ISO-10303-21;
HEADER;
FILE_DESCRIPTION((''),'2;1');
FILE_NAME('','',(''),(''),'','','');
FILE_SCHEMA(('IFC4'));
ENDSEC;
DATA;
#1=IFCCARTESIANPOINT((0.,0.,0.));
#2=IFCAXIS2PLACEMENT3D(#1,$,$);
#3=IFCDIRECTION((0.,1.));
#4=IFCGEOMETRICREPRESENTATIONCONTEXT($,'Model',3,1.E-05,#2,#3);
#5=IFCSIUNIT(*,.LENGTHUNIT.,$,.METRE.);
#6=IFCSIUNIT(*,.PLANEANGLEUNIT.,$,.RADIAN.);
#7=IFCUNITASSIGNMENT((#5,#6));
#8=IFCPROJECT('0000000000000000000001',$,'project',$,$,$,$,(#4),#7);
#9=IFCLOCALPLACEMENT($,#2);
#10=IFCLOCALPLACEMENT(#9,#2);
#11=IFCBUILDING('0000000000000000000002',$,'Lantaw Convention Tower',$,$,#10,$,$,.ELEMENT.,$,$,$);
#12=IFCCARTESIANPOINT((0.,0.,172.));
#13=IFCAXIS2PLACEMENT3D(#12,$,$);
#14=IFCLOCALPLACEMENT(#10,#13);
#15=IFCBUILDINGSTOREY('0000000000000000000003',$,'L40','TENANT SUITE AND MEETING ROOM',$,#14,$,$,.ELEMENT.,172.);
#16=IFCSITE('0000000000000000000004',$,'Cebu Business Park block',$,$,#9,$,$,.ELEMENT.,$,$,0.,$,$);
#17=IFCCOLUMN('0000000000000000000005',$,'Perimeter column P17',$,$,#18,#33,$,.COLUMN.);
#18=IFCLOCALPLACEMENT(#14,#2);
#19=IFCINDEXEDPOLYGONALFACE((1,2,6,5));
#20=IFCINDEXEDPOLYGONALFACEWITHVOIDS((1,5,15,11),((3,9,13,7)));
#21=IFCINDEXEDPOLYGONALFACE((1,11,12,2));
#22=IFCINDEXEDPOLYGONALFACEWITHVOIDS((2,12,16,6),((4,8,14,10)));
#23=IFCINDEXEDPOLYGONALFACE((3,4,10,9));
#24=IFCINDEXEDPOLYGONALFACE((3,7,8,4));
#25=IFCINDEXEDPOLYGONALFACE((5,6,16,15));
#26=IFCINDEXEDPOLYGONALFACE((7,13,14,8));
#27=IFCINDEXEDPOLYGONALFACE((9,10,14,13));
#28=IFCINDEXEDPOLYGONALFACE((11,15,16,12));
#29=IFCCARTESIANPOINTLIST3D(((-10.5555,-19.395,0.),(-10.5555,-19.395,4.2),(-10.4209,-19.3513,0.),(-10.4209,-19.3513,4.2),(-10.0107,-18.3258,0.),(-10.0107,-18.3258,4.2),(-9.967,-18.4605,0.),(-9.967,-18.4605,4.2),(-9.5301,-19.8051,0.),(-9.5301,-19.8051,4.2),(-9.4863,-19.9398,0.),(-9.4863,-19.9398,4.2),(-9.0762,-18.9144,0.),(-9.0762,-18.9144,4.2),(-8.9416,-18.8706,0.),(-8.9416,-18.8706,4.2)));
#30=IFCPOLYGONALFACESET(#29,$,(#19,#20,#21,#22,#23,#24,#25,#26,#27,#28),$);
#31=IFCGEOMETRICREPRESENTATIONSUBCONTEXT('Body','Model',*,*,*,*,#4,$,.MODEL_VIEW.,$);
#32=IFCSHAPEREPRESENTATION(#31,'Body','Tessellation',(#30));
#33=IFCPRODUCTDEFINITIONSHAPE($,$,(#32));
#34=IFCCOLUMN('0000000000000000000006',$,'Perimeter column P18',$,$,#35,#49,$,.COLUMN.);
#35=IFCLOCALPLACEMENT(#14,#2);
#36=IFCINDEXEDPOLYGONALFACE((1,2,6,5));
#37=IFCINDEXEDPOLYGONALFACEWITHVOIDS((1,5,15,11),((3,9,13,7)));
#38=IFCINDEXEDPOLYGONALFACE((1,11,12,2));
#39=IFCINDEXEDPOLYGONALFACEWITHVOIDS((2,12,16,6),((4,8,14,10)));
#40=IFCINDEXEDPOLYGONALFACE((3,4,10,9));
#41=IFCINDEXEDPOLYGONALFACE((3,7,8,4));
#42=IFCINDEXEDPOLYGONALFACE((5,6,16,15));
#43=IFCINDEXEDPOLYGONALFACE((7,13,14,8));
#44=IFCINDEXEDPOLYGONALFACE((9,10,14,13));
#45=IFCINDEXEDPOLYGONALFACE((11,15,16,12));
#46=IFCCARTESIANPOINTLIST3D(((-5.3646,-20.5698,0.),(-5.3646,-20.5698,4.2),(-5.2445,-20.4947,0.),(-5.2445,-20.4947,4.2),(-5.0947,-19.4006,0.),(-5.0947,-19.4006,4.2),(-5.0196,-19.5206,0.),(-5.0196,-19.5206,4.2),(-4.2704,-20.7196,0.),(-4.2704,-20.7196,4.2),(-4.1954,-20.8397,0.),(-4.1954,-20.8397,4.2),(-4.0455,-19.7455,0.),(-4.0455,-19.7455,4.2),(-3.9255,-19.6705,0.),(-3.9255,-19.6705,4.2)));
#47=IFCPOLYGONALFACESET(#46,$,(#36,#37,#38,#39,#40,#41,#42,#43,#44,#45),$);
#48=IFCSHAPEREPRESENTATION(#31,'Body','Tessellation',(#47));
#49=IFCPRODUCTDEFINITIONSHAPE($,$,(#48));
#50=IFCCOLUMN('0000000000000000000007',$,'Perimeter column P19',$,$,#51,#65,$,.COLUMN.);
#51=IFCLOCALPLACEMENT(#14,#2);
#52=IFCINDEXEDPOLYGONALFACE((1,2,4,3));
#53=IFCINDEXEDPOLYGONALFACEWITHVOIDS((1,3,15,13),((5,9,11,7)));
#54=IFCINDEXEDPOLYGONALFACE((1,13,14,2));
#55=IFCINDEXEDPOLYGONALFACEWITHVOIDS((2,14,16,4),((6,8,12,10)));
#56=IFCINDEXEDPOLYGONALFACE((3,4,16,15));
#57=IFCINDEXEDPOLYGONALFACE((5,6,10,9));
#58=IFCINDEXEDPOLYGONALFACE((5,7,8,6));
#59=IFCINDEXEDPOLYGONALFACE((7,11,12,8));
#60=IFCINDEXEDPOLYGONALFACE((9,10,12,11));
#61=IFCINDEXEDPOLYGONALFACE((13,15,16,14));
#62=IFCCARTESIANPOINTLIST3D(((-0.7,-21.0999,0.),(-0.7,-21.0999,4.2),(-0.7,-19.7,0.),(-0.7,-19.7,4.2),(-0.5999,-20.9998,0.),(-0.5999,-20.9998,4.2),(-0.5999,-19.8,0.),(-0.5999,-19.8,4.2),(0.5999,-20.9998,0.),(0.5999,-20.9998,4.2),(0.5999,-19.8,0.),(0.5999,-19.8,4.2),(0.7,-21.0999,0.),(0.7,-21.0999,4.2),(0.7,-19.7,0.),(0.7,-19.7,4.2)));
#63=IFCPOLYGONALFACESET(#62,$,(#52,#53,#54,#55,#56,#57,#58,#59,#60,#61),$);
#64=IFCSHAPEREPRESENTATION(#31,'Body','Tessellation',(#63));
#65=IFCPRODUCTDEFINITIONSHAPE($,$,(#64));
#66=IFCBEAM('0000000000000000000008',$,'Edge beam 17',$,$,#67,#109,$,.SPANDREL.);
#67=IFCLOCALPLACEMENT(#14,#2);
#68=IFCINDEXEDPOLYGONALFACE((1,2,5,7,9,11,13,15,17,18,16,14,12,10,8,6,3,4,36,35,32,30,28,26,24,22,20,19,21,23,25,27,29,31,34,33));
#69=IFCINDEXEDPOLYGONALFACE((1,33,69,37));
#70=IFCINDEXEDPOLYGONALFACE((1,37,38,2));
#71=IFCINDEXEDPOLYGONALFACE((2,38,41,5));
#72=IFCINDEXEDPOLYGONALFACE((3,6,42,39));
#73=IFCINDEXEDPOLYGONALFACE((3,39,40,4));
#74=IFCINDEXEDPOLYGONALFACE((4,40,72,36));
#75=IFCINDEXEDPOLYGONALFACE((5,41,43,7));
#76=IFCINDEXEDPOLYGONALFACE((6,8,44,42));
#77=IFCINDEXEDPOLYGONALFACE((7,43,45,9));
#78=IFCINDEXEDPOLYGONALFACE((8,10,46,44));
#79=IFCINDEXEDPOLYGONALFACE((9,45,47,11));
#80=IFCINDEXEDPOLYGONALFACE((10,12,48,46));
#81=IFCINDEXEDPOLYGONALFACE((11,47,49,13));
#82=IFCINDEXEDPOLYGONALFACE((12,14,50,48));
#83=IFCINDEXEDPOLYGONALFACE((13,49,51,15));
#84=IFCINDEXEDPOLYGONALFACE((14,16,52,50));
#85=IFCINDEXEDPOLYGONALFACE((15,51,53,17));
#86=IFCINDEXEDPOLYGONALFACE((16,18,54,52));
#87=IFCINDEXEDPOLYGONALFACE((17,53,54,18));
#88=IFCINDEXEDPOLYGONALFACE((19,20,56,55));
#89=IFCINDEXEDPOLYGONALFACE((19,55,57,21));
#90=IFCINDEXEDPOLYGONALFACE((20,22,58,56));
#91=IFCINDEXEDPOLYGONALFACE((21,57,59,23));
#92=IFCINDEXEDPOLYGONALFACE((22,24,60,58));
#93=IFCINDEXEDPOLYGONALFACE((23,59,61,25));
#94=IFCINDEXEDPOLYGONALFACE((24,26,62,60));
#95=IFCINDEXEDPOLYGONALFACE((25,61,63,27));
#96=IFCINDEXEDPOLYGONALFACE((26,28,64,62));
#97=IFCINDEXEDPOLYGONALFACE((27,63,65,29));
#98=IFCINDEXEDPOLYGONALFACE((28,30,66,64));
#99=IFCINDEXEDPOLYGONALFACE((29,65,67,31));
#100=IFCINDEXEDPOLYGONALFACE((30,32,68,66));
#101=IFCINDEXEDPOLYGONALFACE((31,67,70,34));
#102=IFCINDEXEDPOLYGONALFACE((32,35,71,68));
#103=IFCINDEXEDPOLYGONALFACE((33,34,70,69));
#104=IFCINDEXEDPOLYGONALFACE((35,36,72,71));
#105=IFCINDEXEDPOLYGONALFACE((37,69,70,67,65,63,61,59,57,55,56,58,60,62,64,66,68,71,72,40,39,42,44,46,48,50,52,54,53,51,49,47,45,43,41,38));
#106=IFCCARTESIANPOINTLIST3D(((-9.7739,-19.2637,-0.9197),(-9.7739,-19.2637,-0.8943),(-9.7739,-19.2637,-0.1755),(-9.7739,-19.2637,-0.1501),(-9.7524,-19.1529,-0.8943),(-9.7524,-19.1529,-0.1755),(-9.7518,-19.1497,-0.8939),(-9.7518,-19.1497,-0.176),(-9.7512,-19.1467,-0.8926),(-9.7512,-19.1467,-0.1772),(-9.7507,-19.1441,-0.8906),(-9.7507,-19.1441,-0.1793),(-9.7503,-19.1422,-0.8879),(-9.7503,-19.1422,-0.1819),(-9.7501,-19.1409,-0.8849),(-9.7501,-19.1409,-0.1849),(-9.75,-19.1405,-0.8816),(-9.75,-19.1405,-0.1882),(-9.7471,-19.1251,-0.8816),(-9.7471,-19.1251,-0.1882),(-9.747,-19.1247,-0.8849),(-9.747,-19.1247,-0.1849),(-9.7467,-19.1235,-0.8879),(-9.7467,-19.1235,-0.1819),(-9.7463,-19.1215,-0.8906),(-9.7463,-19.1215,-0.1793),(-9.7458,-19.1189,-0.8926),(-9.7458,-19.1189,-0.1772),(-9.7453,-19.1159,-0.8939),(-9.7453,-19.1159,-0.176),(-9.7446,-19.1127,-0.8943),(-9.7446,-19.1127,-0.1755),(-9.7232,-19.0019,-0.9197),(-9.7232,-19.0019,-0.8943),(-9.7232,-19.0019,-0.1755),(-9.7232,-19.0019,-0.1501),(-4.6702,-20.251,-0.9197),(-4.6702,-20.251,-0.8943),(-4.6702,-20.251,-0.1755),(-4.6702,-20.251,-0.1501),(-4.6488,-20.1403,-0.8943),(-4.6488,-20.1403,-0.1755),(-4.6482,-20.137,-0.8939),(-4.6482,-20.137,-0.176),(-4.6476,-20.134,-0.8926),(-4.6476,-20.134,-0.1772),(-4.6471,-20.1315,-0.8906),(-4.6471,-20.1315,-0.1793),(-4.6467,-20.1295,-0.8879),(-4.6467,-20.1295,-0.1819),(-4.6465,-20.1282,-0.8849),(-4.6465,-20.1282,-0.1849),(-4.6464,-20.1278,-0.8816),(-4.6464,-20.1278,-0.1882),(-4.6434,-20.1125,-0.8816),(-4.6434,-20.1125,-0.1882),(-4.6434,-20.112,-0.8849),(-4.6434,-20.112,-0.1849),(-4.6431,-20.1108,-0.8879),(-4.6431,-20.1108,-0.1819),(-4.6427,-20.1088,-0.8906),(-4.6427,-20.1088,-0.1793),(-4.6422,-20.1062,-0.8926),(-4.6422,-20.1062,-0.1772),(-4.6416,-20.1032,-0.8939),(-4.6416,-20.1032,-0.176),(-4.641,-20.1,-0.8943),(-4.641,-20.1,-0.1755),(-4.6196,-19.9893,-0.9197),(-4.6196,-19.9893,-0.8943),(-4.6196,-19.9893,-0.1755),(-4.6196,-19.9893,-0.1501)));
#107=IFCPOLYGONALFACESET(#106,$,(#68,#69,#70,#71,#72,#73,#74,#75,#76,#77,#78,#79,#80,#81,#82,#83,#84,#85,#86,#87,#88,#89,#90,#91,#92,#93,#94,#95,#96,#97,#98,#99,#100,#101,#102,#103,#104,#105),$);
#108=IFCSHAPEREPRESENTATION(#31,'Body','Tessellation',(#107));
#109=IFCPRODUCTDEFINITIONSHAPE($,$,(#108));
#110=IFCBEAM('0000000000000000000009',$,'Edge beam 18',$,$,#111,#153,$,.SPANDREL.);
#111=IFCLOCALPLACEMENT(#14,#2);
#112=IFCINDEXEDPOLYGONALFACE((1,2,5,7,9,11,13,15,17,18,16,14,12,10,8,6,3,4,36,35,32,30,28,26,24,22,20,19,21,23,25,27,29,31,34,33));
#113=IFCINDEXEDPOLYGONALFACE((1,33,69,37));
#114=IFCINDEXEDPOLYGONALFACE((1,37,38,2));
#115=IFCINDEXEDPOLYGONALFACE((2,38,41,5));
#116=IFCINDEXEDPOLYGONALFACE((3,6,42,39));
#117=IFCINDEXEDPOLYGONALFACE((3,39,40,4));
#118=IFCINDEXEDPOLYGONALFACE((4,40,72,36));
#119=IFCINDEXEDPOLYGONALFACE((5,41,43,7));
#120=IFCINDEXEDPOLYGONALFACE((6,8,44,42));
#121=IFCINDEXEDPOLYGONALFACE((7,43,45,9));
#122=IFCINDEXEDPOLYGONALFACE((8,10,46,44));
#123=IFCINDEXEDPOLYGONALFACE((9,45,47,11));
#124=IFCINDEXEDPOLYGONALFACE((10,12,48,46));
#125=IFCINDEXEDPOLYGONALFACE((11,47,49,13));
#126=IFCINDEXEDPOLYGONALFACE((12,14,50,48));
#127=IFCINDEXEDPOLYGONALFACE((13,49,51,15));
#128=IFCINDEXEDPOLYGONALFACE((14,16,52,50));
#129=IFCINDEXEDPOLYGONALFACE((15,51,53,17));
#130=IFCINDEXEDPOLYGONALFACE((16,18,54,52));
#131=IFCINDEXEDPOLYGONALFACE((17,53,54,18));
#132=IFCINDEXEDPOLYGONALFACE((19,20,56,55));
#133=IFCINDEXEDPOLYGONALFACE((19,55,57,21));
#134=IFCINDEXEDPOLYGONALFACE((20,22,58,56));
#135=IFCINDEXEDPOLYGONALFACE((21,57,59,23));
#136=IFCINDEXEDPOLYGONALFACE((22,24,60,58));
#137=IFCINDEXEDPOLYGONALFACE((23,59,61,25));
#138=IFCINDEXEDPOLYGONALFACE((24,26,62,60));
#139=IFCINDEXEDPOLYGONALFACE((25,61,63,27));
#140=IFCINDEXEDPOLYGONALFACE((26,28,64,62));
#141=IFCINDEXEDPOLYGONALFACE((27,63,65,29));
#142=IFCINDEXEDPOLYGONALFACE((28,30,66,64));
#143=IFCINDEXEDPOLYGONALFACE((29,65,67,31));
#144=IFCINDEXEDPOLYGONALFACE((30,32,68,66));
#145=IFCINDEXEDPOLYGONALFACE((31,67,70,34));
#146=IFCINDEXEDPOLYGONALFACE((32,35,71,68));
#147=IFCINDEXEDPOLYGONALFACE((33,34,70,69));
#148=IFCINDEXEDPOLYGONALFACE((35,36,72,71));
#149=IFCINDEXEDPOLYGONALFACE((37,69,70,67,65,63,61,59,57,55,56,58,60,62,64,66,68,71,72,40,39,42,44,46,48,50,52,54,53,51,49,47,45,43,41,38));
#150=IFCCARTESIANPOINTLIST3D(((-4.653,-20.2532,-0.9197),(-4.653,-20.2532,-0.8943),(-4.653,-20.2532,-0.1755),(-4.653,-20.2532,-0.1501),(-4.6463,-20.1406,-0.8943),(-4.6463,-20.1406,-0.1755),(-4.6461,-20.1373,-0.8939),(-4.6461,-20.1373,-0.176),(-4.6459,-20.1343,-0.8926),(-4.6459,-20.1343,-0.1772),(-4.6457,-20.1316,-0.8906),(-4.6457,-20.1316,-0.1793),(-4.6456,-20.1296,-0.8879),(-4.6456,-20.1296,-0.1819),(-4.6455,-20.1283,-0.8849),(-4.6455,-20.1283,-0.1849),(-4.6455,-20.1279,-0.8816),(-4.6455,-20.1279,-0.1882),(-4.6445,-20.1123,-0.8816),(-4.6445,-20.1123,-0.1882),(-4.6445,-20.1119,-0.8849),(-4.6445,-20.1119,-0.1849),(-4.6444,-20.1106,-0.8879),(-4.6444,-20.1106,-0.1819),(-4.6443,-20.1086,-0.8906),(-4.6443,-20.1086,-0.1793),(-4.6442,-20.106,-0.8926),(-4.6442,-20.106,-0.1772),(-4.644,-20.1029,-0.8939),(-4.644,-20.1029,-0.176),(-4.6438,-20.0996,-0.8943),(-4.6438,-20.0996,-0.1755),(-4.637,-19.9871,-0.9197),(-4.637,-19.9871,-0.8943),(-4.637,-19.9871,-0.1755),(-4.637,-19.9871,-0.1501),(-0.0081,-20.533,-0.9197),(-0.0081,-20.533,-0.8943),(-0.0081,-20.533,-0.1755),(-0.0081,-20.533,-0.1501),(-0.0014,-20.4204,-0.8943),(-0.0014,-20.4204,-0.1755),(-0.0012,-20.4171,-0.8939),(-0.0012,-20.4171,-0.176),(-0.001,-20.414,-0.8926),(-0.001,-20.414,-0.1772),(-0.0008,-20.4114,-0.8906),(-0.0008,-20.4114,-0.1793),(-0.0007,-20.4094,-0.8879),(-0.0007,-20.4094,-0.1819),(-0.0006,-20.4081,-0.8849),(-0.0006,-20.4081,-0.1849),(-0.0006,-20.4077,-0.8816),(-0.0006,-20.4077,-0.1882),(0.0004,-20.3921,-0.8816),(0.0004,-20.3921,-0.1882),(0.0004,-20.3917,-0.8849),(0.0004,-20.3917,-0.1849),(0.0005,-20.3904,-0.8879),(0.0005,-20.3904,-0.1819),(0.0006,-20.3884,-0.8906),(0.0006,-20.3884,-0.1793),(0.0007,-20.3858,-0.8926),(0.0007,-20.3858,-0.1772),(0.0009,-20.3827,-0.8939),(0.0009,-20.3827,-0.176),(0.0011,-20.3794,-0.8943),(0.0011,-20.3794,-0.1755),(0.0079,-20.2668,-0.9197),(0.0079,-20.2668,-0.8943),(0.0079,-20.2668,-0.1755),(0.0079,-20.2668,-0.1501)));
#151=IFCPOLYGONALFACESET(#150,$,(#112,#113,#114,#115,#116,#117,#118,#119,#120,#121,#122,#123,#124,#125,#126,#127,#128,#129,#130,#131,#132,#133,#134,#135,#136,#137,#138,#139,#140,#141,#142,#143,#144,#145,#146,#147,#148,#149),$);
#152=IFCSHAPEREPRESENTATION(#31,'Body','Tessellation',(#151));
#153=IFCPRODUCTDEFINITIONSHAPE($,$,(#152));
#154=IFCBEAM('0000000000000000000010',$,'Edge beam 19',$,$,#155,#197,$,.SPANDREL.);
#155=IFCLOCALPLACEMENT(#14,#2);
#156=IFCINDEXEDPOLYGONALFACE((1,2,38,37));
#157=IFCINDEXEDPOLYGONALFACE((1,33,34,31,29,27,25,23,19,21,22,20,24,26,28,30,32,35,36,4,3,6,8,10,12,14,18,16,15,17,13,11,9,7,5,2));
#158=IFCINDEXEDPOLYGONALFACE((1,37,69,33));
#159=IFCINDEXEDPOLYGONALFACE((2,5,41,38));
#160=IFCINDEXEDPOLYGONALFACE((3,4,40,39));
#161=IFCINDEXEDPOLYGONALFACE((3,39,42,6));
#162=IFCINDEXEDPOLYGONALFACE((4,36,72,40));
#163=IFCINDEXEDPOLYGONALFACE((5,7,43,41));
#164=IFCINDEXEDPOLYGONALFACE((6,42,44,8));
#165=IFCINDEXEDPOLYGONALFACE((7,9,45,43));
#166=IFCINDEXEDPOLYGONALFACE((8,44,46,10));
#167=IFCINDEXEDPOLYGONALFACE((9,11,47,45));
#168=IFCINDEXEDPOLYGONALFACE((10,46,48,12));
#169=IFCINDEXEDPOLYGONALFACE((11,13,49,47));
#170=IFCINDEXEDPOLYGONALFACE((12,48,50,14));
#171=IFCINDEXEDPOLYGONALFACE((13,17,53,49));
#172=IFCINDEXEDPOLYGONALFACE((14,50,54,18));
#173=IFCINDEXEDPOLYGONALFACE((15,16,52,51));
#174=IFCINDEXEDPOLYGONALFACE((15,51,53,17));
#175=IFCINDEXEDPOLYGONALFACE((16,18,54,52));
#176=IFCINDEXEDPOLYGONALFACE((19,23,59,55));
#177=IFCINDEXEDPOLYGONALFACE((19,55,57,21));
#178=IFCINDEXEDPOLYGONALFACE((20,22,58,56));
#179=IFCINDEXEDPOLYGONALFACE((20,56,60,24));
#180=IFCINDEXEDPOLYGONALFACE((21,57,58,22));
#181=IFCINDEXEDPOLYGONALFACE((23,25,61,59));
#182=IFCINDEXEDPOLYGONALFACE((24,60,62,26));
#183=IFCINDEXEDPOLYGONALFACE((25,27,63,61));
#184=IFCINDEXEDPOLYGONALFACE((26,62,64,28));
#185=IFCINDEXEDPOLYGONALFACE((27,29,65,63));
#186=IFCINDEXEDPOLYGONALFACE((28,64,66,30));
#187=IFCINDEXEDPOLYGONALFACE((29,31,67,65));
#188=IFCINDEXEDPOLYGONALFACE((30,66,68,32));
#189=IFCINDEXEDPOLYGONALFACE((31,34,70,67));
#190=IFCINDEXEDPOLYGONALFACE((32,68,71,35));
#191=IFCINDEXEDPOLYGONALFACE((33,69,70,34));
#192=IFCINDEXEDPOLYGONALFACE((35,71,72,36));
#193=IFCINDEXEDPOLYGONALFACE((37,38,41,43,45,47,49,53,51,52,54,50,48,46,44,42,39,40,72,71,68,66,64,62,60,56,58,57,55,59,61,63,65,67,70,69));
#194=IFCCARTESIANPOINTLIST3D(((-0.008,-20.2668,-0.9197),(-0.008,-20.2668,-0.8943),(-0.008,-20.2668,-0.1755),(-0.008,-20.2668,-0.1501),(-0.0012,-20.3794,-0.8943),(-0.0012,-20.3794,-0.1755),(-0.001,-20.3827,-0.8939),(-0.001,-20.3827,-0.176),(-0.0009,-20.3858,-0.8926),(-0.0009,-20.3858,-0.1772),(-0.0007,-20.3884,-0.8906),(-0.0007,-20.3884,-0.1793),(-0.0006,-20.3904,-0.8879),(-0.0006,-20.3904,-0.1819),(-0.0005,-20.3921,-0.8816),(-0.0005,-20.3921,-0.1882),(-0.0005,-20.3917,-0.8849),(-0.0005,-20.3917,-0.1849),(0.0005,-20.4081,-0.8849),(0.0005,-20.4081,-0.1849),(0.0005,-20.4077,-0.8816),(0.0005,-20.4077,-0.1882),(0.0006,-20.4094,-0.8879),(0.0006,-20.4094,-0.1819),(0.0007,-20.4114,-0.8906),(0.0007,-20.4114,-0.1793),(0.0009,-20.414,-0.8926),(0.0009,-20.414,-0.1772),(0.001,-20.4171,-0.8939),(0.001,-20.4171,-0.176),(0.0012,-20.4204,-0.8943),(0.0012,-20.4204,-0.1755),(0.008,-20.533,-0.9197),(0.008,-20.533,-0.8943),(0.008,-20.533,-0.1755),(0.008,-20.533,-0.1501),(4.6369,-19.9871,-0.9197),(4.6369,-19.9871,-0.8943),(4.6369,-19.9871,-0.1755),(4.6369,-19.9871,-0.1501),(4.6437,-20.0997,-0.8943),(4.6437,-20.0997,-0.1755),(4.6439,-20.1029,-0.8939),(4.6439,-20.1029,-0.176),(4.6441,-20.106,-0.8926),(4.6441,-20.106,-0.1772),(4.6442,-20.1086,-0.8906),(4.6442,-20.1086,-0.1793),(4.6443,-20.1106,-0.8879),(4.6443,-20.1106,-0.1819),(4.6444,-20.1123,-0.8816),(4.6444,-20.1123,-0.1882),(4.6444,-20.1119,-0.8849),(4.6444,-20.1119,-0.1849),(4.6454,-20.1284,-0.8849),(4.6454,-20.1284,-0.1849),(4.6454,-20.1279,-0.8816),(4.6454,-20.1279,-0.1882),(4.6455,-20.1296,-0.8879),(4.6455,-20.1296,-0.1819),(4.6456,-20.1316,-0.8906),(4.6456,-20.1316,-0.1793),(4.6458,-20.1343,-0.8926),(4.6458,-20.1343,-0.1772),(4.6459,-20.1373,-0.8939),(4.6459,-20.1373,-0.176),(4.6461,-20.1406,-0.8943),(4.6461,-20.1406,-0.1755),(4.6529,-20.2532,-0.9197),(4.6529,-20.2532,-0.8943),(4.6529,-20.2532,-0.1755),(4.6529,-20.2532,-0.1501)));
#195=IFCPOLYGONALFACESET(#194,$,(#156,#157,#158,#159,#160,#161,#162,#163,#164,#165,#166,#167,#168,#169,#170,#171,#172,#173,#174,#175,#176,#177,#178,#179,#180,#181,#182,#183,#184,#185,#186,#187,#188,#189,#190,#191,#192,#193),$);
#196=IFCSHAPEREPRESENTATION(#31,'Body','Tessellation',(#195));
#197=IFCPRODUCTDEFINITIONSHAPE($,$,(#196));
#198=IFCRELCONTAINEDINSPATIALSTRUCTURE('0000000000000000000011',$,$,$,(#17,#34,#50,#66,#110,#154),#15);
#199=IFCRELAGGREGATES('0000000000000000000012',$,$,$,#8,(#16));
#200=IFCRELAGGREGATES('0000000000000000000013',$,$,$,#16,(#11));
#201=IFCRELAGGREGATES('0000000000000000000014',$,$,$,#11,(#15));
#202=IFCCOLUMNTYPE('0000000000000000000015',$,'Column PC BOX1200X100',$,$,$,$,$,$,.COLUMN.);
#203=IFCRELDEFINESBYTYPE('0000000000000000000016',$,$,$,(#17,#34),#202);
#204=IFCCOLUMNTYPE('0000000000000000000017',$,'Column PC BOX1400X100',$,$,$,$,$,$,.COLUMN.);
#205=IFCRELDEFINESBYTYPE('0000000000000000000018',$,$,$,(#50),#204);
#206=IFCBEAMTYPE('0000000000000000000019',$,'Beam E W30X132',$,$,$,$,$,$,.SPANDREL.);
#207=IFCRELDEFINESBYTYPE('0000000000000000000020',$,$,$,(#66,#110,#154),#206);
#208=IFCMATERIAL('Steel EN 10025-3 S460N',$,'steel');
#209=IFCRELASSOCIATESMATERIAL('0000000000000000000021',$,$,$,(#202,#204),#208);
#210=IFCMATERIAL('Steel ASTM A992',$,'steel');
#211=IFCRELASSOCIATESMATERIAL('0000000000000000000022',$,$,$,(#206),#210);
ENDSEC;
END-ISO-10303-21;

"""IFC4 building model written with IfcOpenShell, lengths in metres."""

from ifc_helpers import new_model, si_unit, direction, frame, origin, origin_2d, place, context, subcontext, project, spatial, rectangle, hollow_rectangle, i_section, extrude, material, material_profile, profile_set, type_object, element, save


model = new_model("IFC4")

# Units and contexts
model_context = context("Model", 3, precision=1e-05, world=origin(), true_north=direction((0.0, 1.0)))
body_context = subcontext(model_context, "Body", "Model", "MODEL_VIEW")
ifc_project = project(units=[si_unit("LENGTHUNIT", "METRE"), si_unit("PLANEANGLEUNIT", "RADIAN")], contexts=[model_context])

# Site, building, storey
site_placement = place(None, origin())
site = spatial("IfcSite", under=ifc_project, at=site_placement, Name="Cebu Business Park block", CompositionType="ELEMENT", RefElevation=0.0)
building_placement = place(site_placement, origin())
building = spatial("IfcBuilding", under=site, at=building_placement, Name="Lantaw Convention Tower", CompositionType="ELEMENT")
storey_placement = place(building_placement, frame((0.0, 0.0, 172.0)))
storey = spatial("IfcBuildingStorey", under=building, at=storey_placement, Name="L40", Description="TENANT SUITE AND MEETING ROOM", CompositionType="ELEMENT", Elevation=172.0)

# Columns
ifc_material_1 = material(Name="Steel EN 10025-3 S460N", Category="steel")
ifc_material_profile_1 = material_profile(ifc_material_1, hollow_rectangle(XDim=1.2, YDim=1.2, WallThickness=0.1001, at=origin_2d()), Name="BOX1200X100")
ifc_material_2 = material(Name="Concrete C60/75", Category="concrete")
ifc_material_profile_2 = material_profile(ifc_material_2, rectangle(XDim=1.0, YDim=1.0, at=origin_2d()), Name="Concrete fill of BOX1200X100")
ifc_profile_set_1 = profile_set([ifc_material_profile_1, ifc_material_profile_2], Name="Steel EN 10025-3 S460N")
column_type_1 = type_object("IfcColumnType", Name="Column PC BOX1200X100", PredefinedType="COLUMN", material=ifc_profile_set_1)
for number, where, z_axis, x_axis, name in (
    (1, (-9.7485, -19.1328, 0.0), (0.0, 0.0, 1.0), (0.45399, 0.891007, 0.0), "Perimeter column P17"),
    (2, (-4.645, -20.1201, 0.0), (0.0, 0.0, 1.0), (0.224951, 0.97437, 0.0), "Perimeter column P18"),
):
    element("IfcColumn", number, at=place(storey_placement, frame(where, z_axis=z_axis, x_axis=x_axis)), inside=storey, type_object=column_type_1, Name=name, PredefinedType="COLUMN", context=body_context, shape_type="SweptSolid", body=[
        extrude(hollow_rectangle(XDim=1.2, YDim=1.2, WallThickness=0.1001, at=origin_2d()), origin(), (0.0, 0.0, 1.0), 4.2),
    ])
ifc_material_profile_3 = material_profile(ifc_material_1, hollow_rectangle(XDim=1.3999, YDim=1.3999, WallThickness=0.1001, at=origin_2d()), Name="BOX1400X100")
ifc_material_profile_4 = material_profile(ifc_material_2, rectangle(XDim=1.2, YDim=1.2, at=origin_2d()), Name="Concrete fill of BOX1400X100")
ifc_profile_set_2 = profile_set([ifc_material_profile_3, ifc_material_profile_4], Name="Steel EN 10025-3 S460N")
column_type_2 = type_object("IfcColumnType", Name="Column PC BOX1400X100", PredefinedType="COLUMN", material=ifc_profile_set_2)
column_placement = place(storey_placement, frame((0.0, -20.3999, 0.0), z_axis=(0.0, 0.0, 1.0), x_axis=(1.0, 0.0, 0.0)))
element("IfcColumn", 3, at=column_placement, inside=storey, type_object=column_type_2, Name="Perimeter column P19", PredefinedType="COLUMN", context=body_context, shape_type="SweptSolid", body=[
    extrude(hollow_rectangle(XDim=1.3999, YDim=1.3999, WallThickness=0.1001, at=origin_2d()), origin(), (0.0, 0.0, 1.0), 4.2),
])

# Beams
ifc_material_3 = material(Name="Steel ASTM A992", Category="steel")
ifc_material_profile_5 = material_profile(ifc_material_3, i_section(OverallWidth=0.2666, OverallDepth=0.7695, WebThickness=0.0156, FlangeThickness=0.0254, FilletRadius=0.0127, at=origin_2d()), Name="W30X132")
ifc_profile_set_3 = profile_set([ifc_material_profile_5], Name="Steel ASTM A992")
beam_type_1 = type_object("IfcBeamType", Name="Beam E W30X132", PredefinedType="SPANDREL", material=ifc_profile_set_3)
beam_1_placement = place(storey_placement, frame((-9.7485, -19.1328, -0.5349), z_axis=(0.981797, -0.189934, 0.0), x_axis=(0.189934, 0.981797, 0.0)))
element("IfcBeam", 4, at=beam_1_placement, inside=storey, type_object=beam_type_1, Name="Edge beam 17", PredefinedType="SPANDREL", context=body_context, shape_type="SweptSolid", body=[
    extrude(i_section(OverallWidth=0.2666, OverallDepth=0.7695, WebThickness=0.0156, FlangeThickness=0.0254, FilletRadius=0.0127, at=origin_2d()), origin(), (0.0, 0.0, 1.0), 5.1982),
])
for number, where, z_axis, x_axis, name in (
    (5, (-4.645, -20.1201, -0.5349), (0.998191, -0.060124, 0.0), (0.060124, 0.998191, 0.0), "Edge beam 18"),
    (6, (0.0, -20.3999, -0.5349), (0.998191, 0.060124, 0.0), (-0.060124, 0.998191, 0.0), "Edge beam 19"),
):
    element("IfcBeam", number, at=place(storey_placement, frame(where, z_axis=z_axis, x_axis=x_axis)), inside=storey, type_object=beam_type_1, Name=name, PredefinedType="SPANDREL", context=body_context, shape_type="SweptSolid", body=[
        extrude(i_section(OverallWidth=0.2666, OverallDepth=0.7695, WebThickness=0.0156, FlangeThickness=0.0254, FilletRadius=0.0127, at=origin_2d()), origin(), (0.0, 0.0, 1.0), 4.6533),
    ])

save(model, "model.ifc")
